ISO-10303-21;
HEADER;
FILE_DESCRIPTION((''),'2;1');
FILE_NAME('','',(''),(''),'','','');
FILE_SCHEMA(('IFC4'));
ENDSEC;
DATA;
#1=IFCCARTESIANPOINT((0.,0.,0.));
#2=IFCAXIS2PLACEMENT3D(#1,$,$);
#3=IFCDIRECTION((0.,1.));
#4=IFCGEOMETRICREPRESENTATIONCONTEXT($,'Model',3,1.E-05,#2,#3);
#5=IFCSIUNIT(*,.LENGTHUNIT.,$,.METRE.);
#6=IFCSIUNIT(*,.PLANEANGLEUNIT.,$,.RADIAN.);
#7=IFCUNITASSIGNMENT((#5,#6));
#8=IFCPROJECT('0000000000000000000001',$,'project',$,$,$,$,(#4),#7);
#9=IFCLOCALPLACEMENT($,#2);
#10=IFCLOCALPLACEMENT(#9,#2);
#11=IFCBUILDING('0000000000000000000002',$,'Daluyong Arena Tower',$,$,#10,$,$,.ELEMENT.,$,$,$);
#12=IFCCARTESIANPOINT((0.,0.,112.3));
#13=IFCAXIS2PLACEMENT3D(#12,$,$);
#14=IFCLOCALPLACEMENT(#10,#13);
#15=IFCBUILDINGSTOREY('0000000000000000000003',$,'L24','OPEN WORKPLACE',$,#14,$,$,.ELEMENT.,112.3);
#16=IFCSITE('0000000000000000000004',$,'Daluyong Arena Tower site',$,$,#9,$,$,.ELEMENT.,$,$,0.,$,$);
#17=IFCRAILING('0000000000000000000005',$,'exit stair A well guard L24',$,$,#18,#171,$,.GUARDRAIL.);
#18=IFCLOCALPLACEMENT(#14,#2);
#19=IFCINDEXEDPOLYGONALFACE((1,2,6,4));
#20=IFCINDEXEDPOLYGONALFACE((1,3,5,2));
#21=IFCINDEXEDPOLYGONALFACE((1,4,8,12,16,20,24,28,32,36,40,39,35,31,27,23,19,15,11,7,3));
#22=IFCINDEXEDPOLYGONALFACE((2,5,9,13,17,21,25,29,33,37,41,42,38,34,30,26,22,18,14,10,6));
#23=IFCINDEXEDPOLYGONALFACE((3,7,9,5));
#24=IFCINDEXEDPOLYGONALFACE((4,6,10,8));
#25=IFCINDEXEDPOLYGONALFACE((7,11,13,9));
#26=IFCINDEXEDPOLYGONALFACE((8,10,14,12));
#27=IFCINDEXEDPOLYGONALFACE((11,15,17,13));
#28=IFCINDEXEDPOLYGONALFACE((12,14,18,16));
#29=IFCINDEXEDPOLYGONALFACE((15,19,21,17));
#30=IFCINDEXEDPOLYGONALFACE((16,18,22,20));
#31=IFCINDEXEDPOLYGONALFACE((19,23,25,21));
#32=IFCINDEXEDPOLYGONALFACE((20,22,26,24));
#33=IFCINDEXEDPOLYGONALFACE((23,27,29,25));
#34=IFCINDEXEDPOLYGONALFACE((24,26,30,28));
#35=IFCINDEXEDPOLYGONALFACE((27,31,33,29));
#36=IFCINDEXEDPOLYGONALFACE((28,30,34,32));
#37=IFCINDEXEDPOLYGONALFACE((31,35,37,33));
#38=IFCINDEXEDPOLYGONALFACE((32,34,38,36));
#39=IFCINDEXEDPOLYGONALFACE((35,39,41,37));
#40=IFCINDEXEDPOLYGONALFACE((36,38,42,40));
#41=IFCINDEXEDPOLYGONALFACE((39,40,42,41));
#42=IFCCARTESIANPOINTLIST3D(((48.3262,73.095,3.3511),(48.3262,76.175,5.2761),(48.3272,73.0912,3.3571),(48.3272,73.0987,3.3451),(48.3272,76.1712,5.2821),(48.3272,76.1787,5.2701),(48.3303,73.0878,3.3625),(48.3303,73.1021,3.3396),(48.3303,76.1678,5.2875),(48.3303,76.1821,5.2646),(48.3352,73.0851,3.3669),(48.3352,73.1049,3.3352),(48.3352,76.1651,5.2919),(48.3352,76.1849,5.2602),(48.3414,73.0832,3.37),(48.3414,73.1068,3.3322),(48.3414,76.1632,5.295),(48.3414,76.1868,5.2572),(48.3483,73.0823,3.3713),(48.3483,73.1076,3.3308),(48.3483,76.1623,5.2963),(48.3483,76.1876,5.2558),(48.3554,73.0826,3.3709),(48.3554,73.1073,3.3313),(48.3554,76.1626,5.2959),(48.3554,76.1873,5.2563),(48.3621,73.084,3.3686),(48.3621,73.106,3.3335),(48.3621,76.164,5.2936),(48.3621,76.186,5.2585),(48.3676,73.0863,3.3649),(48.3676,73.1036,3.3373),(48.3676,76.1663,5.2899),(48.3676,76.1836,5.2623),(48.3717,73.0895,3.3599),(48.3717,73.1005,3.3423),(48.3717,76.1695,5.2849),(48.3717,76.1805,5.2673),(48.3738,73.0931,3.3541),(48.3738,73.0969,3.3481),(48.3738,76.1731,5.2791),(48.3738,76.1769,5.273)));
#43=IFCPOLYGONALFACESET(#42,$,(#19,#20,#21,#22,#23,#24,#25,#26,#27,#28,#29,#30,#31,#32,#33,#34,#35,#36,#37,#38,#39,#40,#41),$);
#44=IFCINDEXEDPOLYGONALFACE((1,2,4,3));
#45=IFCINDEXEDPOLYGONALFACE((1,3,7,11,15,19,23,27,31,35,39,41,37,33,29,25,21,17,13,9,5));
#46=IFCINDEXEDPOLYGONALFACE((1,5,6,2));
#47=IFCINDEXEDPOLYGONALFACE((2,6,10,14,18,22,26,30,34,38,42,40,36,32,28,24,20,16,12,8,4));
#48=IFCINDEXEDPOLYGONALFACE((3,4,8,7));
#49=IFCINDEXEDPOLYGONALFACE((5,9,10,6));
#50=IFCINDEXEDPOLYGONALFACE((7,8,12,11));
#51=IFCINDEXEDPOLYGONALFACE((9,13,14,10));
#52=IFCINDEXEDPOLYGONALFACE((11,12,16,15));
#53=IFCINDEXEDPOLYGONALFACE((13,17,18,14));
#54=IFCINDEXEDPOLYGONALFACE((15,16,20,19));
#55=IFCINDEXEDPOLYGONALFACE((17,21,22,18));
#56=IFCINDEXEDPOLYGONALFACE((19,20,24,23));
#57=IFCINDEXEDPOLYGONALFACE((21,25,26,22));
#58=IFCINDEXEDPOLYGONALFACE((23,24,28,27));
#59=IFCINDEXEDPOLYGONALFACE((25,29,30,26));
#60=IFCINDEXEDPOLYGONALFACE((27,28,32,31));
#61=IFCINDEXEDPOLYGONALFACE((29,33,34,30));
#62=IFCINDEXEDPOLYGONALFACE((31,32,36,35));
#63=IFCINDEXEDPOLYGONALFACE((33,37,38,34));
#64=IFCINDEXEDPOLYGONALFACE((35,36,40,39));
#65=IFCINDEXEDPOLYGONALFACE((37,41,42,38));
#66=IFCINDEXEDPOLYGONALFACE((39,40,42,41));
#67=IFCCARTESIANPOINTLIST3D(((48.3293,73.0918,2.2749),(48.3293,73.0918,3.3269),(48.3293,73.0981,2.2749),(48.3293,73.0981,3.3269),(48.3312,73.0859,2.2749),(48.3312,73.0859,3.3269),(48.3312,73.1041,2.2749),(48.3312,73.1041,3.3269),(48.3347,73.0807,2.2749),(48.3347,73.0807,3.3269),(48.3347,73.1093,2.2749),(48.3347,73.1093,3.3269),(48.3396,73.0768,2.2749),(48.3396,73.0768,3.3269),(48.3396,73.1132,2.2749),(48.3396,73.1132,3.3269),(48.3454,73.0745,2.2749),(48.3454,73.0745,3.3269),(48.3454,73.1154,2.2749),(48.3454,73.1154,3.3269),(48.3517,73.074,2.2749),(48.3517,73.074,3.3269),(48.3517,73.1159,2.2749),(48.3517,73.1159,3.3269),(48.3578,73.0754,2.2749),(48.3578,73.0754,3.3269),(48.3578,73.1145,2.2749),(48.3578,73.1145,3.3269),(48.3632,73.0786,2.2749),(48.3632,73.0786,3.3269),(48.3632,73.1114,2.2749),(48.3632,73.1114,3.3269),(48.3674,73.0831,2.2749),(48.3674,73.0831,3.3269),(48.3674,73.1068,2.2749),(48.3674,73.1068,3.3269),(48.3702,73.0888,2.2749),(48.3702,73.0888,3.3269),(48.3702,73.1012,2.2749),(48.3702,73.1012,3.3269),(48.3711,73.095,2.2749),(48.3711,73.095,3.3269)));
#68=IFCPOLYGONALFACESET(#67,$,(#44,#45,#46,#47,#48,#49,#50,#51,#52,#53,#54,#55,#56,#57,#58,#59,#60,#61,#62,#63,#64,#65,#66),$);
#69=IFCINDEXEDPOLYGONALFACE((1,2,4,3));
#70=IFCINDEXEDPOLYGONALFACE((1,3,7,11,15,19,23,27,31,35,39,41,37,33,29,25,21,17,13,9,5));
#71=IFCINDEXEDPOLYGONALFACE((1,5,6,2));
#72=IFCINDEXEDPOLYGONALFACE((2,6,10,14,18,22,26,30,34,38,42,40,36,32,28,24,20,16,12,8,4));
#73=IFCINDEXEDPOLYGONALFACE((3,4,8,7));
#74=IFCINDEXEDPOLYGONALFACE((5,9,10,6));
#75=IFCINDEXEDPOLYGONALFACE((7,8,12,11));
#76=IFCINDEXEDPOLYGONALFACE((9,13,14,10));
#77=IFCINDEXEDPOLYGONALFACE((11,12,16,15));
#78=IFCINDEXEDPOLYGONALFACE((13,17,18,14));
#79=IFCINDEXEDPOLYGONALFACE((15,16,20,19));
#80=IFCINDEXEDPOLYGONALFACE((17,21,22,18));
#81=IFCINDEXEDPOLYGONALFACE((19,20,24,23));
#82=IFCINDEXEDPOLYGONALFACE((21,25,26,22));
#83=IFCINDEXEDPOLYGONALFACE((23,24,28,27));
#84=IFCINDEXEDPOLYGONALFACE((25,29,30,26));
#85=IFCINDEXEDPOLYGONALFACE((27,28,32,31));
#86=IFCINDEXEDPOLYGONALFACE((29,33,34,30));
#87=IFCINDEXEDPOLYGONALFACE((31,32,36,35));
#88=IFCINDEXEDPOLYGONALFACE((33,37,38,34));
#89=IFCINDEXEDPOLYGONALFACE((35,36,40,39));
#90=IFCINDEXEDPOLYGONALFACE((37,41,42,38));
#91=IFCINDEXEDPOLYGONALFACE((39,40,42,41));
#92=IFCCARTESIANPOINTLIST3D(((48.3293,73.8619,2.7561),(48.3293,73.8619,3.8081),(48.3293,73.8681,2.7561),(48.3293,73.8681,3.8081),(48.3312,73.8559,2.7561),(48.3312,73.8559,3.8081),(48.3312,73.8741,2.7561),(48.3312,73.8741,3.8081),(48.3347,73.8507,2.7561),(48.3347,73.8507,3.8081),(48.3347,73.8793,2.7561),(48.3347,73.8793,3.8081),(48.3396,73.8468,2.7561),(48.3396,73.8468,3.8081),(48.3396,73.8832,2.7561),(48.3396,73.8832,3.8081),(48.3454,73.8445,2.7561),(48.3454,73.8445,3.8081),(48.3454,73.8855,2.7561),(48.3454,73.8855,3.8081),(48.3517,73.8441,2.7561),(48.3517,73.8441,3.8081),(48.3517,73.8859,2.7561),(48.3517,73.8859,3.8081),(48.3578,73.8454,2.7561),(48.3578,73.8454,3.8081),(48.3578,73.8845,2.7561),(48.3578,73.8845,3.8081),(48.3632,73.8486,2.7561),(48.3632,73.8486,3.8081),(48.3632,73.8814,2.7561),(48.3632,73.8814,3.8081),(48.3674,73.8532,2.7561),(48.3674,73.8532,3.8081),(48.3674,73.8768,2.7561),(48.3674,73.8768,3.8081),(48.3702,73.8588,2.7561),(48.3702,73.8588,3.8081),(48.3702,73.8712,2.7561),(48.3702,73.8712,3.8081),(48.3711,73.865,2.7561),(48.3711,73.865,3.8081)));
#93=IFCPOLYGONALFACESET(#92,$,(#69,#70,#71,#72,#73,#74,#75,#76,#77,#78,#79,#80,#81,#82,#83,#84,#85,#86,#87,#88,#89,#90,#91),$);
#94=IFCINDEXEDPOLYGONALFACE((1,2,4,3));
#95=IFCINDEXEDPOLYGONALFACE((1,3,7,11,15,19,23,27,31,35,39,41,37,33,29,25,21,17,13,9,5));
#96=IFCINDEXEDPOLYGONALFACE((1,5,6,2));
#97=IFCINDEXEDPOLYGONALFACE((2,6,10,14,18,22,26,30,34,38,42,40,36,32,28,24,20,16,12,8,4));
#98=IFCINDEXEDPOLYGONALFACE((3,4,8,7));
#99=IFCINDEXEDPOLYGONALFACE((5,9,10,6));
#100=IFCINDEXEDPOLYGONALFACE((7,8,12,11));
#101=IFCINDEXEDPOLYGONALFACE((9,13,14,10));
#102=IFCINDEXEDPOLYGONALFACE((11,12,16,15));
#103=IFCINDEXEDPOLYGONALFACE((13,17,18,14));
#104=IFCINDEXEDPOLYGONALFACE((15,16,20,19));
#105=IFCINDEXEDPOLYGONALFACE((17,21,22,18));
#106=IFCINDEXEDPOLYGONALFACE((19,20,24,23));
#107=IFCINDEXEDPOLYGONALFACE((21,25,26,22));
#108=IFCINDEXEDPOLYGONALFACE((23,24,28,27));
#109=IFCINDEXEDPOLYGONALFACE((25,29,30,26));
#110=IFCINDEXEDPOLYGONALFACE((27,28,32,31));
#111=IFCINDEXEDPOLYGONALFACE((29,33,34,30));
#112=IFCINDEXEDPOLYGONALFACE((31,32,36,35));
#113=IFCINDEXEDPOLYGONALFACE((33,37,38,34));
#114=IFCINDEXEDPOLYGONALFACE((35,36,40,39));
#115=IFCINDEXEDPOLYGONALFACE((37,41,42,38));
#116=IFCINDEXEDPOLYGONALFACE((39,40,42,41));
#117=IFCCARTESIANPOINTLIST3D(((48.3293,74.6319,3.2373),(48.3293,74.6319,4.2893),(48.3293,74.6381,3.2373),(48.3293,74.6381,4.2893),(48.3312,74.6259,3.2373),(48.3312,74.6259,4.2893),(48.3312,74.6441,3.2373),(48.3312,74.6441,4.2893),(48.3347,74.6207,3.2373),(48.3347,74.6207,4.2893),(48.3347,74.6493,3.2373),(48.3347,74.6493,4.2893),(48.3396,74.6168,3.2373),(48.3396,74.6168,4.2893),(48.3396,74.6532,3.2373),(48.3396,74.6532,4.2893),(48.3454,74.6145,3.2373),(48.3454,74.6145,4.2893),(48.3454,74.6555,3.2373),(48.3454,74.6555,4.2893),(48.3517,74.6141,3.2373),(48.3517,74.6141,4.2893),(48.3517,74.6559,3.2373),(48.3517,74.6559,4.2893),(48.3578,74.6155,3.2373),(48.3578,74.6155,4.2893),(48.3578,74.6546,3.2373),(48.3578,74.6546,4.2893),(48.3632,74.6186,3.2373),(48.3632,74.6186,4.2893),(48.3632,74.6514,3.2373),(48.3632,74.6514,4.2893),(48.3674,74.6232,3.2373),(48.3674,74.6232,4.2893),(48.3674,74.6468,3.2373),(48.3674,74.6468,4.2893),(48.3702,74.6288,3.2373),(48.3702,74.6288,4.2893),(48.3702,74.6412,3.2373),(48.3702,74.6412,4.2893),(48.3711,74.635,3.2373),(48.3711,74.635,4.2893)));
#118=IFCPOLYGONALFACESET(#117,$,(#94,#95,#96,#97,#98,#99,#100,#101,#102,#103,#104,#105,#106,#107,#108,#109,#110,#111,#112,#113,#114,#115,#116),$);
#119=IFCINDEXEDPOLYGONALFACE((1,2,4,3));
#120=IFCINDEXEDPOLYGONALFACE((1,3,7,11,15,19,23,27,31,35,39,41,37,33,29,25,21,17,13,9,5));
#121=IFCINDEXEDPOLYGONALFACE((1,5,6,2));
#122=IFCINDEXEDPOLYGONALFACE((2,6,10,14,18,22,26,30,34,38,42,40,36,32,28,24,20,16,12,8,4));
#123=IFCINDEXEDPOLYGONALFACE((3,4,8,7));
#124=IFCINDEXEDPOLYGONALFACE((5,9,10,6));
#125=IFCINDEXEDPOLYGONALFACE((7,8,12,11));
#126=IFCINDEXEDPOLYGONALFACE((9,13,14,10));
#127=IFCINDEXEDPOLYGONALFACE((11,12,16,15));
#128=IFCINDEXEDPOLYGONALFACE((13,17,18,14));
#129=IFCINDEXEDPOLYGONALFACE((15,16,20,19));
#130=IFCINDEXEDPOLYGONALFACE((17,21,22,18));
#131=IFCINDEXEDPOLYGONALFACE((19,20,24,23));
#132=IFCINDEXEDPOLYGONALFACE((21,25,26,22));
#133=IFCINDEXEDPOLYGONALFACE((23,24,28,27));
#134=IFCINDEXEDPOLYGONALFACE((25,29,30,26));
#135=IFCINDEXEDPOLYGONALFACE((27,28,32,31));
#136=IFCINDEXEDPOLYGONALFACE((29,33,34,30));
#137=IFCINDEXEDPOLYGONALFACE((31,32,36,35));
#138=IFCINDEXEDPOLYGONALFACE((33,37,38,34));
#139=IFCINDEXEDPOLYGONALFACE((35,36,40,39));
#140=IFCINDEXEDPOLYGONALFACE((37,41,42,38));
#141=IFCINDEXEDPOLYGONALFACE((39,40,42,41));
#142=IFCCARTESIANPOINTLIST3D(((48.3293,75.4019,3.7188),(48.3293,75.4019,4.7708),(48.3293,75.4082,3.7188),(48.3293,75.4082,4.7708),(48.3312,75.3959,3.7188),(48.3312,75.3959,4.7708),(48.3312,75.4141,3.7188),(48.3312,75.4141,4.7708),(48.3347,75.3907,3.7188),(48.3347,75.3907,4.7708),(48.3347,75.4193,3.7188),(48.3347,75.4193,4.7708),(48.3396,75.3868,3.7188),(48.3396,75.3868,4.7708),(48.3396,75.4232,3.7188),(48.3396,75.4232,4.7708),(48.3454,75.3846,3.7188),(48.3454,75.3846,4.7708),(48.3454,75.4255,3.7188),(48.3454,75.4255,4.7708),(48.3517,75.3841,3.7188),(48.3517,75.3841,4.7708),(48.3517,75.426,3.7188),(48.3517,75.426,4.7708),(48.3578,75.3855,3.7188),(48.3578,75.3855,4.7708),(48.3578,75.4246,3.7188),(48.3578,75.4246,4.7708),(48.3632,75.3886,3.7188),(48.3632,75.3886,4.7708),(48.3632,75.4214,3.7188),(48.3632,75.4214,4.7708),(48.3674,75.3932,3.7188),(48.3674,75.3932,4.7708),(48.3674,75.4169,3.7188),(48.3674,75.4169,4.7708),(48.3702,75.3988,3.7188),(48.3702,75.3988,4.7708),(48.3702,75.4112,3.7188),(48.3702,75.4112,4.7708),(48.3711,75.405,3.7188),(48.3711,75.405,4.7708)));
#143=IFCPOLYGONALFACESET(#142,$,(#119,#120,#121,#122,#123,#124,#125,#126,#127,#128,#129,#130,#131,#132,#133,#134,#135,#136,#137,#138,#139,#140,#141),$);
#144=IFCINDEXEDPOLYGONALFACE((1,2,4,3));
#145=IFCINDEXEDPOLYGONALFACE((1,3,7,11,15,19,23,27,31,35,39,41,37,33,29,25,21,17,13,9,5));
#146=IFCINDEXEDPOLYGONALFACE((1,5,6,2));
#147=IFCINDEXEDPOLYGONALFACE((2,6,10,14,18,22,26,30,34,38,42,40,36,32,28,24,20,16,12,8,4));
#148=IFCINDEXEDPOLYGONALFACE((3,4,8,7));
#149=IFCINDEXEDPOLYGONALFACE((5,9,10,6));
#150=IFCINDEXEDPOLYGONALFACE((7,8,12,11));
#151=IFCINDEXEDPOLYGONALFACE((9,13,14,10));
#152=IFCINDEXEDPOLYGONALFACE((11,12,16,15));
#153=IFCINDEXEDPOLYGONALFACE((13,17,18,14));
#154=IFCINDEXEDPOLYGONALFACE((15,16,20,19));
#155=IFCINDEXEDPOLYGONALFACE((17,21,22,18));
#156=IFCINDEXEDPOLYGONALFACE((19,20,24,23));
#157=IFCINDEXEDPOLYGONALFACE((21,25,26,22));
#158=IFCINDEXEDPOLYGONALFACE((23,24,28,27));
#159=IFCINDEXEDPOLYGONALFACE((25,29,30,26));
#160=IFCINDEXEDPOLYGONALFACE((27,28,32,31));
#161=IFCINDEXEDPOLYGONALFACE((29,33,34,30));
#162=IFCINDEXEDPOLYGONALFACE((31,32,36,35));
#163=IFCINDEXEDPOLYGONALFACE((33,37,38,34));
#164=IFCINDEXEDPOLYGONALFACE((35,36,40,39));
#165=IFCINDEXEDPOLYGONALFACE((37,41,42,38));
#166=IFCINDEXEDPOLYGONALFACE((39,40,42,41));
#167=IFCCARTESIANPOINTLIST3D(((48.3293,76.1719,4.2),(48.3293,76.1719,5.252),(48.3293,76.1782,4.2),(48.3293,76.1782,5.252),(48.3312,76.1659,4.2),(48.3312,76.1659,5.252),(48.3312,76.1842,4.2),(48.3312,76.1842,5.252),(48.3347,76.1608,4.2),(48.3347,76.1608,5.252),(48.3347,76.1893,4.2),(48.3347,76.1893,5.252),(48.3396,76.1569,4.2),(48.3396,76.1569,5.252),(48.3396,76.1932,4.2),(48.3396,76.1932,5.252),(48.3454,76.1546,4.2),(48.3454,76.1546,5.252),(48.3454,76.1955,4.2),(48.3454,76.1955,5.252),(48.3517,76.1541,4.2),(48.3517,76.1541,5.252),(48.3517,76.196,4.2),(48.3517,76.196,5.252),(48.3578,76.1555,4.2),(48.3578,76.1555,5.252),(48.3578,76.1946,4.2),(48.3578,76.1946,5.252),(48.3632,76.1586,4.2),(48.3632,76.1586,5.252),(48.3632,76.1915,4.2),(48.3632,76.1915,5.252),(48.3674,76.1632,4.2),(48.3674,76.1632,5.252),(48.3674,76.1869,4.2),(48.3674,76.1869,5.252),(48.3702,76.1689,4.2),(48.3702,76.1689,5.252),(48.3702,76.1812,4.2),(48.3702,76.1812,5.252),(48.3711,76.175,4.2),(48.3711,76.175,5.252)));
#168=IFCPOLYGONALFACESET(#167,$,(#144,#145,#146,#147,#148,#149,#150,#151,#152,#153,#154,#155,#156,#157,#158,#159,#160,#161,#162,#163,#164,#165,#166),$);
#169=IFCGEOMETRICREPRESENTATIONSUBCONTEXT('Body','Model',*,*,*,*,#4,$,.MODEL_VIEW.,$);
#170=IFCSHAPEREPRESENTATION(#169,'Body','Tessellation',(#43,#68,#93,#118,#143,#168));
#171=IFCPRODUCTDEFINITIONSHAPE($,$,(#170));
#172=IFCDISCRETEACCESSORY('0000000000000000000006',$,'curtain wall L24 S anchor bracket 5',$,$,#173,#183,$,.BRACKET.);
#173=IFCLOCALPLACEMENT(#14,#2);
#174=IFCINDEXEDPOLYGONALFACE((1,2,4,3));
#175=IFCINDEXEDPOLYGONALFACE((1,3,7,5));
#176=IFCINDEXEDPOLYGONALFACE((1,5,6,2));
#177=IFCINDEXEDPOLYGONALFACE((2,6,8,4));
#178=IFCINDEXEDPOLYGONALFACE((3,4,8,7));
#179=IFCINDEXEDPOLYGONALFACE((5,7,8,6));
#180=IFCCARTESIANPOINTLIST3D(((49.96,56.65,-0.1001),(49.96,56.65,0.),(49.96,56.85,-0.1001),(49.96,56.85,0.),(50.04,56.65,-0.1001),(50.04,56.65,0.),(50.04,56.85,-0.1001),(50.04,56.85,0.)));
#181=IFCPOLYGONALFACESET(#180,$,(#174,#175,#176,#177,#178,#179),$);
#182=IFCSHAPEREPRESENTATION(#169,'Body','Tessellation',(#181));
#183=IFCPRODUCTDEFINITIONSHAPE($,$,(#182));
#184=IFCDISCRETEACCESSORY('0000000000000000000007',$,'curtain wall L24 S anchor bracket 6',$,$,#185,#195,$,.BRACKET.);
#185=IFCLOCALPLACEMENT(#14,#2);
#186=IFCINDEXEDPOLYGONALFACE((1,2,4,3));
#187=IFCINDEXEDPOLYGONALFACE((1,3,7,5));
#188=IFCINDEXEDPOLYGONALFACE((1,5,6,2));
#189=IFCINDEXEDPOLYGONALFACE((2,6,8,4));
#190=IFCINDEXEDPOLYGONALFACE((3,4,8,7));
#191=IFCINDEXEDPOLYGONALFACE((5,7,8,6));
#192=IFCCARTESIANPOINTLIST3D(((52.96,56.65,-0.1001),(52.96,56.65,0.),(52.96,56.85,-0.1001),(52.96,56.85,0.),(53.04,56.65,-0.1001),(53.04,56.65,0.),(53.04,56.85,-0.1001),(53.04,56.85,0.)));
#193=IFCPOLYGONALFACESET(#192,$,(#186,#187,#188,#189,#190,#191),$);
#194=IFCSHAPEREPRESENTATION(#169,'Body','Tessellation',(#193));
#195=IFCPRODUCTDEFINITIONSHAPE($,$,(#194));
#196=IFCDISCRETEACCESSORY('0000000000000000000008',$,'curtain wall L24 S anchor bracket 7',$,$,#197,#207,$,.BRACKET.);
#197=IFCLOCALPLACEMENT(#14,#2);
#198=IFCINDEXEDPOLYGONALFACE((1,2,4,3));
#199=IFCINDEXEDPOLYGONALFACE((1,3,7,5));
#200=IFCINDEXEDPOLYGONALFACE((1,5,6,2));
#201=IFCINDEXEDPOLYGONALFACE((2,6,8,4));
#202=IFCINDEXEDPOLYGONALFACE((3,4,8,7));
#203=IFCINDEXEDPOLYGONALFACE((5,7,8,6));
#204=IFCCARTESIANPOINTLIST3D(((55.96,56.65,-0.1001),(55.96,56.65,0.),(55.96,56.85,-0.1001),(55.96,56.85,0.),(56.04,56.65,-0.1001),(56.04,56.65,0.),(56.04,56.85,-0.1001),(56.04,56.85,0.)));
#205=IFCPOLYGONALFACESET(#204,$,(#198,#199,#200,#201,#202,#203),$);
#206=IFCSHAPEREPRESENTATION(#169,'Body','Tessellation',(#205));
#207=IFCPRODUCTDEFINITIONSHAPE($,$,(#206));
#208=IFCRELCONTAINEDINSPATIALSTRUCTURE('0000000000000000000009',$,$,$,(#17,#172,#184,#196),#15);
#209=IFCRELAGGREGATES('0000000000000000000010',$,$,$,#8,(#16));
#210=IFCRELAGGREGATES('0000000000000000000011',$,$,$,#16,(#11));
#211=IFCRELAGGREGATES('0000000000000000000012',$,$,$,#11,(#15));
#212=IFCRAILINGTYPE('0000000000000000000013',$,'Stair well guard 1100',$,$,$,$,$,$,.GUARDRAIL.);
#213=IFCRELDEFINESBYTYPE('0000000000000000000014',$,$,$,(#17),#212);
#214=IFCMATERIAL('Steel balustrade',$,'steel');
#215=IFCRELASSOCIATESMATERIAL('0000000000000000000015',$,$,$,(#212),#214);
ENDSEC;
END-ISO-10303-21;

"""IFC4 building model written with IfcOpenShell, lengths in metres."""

from ifc_helpers import new_model, si_unit, direction, frame, origin, origin_2d, place, context, subcontext, project, spatial, rectangle, circle, extrude, material, type_object, element, save


model = new_model("IFC4")

# Units and contexts
model_context = context("Model", 3, precision=1e-05, world=origin(), true_north=direction((0.0, 1.0)))
body_context = subcontext(model_context, "Body", "Model", "MODEL_VIEW")
ifc_project = project(units=[si_unit("LENGTHUNIT", "METRE"), si_unit("PLANEANGLEUNIT", "RADIAN")], contexts=[model_context])

# Site, building, storey
site_placement = place(None, origin())
site = spatial("IfcSite", under=ifc_project, at=site_placement, Name="Daluyong Arena Tower site", CompositionType="ELEMENT", RefElevation=0.0)
building_placement = place(site_placement, origin())
building = spatial("IfcBuilding", under=site, at=building_placement, Name="Daluyong Arena Tower", CompositionType="ELEMENT")
storey_placement = place(building_placement, frame((0.0, 0.0, 112.3)))
storey = spatial("IfcBuildingStorey", under=building, at=storey_placement, Name="L24", Description="OPEN WORKPLACE", CompositionType="ELEMENT", Elevation=112.3)

# Railing
ifc_material_1 = material(Name="Steel balustrade", Category="steel")
railing_type_1 = type_object("IfcRailingType", Name="Stair well guard 1100", PredefinedType="GUARDRAIL", material=ifc_material_1)
railing_1_placement = place(storey_placement, frame((48.3501, 73.095, 2.2749)))
element("IfcRailing", 1, at=railing_1_placement, inside=storey, type_object=railing_type_1, Name="exit stair A well guard L24", PredefinedType="GUARDRAIL", context=body_context, shape_type="SweptSolid", body=[
    extrude(circle(Radius=0.0239, at=origin_2d()), frame((0.0, 0.0, 1.0762), z_axis=(0.0, 0.847998, 0.529999), x_axis=(-1.0, 0.0, 0.0)), (0.0, 0.0, 1.0), 3.6321),
    extrude(circle(Radius=0.021, at=origin_2d()), origin(), (0.0, 0.0, 1.0), 1.052),
    extrude(circle(Radius=0.021, at=origin_2d()), frame((0.0, 0.77, 0.4812)), (0.0, 0.0, 1.0), 1.052),
    extrude(circle(Radius=0.021, at=origin_2d()), frame((0.0, 1.54, 0.9624)), (0.0, 0.0, 1.0), 1.052),
    extrude(circle(Radius=0.021, at=origin_2d()), frame((0.0, 2.3101, 1.4438)), (0.0, 0.0, 1.0), 1.052),
    extrude(circle(Radius=0.021, at=origin_2d()), frame((0.0, 3.0801, 1.925)), (0.0, 0.0, 1.0), 1.052),
])

# Discrete accessories
for number, where, z_axis, x_axis, name in (
    (2, (50.0, 56.75, -0.1001), (0.0, 0.0, 1.0), (1.0, 0.0, 0.0), "curtain wall L24 S anchor bracket 5"),
    (3, (53.0, 56.75, -0.1001), (0.0, 0.0, 1.0), (1.0, 0.0, 0.0), "curtain wall L24 S anchor bracket 6"),
    (4, (56.0, 56.75, -0.1001), (0.0, 0.0, 1.0), (1.0, 0.0, 0.0), "curtain wall L24 S anchor bracket 7"),
):
    element("IfcDiscreteAccessory", number, at=place(storey_placement, frame(where, z_axis=z_axis, x_axis=x_axis)), inside=storey, Name=name, PredefinedType="BRACKET", context=body_context, shape_type="SweptSolid", body=[
        extrude(rectangle(XDim=0.0801, YDim=0.2, at=origin_2d()), origin(), (0.0, 0.0, 1.0), 0.1001),
    ])

save(model, "model.ifc")
